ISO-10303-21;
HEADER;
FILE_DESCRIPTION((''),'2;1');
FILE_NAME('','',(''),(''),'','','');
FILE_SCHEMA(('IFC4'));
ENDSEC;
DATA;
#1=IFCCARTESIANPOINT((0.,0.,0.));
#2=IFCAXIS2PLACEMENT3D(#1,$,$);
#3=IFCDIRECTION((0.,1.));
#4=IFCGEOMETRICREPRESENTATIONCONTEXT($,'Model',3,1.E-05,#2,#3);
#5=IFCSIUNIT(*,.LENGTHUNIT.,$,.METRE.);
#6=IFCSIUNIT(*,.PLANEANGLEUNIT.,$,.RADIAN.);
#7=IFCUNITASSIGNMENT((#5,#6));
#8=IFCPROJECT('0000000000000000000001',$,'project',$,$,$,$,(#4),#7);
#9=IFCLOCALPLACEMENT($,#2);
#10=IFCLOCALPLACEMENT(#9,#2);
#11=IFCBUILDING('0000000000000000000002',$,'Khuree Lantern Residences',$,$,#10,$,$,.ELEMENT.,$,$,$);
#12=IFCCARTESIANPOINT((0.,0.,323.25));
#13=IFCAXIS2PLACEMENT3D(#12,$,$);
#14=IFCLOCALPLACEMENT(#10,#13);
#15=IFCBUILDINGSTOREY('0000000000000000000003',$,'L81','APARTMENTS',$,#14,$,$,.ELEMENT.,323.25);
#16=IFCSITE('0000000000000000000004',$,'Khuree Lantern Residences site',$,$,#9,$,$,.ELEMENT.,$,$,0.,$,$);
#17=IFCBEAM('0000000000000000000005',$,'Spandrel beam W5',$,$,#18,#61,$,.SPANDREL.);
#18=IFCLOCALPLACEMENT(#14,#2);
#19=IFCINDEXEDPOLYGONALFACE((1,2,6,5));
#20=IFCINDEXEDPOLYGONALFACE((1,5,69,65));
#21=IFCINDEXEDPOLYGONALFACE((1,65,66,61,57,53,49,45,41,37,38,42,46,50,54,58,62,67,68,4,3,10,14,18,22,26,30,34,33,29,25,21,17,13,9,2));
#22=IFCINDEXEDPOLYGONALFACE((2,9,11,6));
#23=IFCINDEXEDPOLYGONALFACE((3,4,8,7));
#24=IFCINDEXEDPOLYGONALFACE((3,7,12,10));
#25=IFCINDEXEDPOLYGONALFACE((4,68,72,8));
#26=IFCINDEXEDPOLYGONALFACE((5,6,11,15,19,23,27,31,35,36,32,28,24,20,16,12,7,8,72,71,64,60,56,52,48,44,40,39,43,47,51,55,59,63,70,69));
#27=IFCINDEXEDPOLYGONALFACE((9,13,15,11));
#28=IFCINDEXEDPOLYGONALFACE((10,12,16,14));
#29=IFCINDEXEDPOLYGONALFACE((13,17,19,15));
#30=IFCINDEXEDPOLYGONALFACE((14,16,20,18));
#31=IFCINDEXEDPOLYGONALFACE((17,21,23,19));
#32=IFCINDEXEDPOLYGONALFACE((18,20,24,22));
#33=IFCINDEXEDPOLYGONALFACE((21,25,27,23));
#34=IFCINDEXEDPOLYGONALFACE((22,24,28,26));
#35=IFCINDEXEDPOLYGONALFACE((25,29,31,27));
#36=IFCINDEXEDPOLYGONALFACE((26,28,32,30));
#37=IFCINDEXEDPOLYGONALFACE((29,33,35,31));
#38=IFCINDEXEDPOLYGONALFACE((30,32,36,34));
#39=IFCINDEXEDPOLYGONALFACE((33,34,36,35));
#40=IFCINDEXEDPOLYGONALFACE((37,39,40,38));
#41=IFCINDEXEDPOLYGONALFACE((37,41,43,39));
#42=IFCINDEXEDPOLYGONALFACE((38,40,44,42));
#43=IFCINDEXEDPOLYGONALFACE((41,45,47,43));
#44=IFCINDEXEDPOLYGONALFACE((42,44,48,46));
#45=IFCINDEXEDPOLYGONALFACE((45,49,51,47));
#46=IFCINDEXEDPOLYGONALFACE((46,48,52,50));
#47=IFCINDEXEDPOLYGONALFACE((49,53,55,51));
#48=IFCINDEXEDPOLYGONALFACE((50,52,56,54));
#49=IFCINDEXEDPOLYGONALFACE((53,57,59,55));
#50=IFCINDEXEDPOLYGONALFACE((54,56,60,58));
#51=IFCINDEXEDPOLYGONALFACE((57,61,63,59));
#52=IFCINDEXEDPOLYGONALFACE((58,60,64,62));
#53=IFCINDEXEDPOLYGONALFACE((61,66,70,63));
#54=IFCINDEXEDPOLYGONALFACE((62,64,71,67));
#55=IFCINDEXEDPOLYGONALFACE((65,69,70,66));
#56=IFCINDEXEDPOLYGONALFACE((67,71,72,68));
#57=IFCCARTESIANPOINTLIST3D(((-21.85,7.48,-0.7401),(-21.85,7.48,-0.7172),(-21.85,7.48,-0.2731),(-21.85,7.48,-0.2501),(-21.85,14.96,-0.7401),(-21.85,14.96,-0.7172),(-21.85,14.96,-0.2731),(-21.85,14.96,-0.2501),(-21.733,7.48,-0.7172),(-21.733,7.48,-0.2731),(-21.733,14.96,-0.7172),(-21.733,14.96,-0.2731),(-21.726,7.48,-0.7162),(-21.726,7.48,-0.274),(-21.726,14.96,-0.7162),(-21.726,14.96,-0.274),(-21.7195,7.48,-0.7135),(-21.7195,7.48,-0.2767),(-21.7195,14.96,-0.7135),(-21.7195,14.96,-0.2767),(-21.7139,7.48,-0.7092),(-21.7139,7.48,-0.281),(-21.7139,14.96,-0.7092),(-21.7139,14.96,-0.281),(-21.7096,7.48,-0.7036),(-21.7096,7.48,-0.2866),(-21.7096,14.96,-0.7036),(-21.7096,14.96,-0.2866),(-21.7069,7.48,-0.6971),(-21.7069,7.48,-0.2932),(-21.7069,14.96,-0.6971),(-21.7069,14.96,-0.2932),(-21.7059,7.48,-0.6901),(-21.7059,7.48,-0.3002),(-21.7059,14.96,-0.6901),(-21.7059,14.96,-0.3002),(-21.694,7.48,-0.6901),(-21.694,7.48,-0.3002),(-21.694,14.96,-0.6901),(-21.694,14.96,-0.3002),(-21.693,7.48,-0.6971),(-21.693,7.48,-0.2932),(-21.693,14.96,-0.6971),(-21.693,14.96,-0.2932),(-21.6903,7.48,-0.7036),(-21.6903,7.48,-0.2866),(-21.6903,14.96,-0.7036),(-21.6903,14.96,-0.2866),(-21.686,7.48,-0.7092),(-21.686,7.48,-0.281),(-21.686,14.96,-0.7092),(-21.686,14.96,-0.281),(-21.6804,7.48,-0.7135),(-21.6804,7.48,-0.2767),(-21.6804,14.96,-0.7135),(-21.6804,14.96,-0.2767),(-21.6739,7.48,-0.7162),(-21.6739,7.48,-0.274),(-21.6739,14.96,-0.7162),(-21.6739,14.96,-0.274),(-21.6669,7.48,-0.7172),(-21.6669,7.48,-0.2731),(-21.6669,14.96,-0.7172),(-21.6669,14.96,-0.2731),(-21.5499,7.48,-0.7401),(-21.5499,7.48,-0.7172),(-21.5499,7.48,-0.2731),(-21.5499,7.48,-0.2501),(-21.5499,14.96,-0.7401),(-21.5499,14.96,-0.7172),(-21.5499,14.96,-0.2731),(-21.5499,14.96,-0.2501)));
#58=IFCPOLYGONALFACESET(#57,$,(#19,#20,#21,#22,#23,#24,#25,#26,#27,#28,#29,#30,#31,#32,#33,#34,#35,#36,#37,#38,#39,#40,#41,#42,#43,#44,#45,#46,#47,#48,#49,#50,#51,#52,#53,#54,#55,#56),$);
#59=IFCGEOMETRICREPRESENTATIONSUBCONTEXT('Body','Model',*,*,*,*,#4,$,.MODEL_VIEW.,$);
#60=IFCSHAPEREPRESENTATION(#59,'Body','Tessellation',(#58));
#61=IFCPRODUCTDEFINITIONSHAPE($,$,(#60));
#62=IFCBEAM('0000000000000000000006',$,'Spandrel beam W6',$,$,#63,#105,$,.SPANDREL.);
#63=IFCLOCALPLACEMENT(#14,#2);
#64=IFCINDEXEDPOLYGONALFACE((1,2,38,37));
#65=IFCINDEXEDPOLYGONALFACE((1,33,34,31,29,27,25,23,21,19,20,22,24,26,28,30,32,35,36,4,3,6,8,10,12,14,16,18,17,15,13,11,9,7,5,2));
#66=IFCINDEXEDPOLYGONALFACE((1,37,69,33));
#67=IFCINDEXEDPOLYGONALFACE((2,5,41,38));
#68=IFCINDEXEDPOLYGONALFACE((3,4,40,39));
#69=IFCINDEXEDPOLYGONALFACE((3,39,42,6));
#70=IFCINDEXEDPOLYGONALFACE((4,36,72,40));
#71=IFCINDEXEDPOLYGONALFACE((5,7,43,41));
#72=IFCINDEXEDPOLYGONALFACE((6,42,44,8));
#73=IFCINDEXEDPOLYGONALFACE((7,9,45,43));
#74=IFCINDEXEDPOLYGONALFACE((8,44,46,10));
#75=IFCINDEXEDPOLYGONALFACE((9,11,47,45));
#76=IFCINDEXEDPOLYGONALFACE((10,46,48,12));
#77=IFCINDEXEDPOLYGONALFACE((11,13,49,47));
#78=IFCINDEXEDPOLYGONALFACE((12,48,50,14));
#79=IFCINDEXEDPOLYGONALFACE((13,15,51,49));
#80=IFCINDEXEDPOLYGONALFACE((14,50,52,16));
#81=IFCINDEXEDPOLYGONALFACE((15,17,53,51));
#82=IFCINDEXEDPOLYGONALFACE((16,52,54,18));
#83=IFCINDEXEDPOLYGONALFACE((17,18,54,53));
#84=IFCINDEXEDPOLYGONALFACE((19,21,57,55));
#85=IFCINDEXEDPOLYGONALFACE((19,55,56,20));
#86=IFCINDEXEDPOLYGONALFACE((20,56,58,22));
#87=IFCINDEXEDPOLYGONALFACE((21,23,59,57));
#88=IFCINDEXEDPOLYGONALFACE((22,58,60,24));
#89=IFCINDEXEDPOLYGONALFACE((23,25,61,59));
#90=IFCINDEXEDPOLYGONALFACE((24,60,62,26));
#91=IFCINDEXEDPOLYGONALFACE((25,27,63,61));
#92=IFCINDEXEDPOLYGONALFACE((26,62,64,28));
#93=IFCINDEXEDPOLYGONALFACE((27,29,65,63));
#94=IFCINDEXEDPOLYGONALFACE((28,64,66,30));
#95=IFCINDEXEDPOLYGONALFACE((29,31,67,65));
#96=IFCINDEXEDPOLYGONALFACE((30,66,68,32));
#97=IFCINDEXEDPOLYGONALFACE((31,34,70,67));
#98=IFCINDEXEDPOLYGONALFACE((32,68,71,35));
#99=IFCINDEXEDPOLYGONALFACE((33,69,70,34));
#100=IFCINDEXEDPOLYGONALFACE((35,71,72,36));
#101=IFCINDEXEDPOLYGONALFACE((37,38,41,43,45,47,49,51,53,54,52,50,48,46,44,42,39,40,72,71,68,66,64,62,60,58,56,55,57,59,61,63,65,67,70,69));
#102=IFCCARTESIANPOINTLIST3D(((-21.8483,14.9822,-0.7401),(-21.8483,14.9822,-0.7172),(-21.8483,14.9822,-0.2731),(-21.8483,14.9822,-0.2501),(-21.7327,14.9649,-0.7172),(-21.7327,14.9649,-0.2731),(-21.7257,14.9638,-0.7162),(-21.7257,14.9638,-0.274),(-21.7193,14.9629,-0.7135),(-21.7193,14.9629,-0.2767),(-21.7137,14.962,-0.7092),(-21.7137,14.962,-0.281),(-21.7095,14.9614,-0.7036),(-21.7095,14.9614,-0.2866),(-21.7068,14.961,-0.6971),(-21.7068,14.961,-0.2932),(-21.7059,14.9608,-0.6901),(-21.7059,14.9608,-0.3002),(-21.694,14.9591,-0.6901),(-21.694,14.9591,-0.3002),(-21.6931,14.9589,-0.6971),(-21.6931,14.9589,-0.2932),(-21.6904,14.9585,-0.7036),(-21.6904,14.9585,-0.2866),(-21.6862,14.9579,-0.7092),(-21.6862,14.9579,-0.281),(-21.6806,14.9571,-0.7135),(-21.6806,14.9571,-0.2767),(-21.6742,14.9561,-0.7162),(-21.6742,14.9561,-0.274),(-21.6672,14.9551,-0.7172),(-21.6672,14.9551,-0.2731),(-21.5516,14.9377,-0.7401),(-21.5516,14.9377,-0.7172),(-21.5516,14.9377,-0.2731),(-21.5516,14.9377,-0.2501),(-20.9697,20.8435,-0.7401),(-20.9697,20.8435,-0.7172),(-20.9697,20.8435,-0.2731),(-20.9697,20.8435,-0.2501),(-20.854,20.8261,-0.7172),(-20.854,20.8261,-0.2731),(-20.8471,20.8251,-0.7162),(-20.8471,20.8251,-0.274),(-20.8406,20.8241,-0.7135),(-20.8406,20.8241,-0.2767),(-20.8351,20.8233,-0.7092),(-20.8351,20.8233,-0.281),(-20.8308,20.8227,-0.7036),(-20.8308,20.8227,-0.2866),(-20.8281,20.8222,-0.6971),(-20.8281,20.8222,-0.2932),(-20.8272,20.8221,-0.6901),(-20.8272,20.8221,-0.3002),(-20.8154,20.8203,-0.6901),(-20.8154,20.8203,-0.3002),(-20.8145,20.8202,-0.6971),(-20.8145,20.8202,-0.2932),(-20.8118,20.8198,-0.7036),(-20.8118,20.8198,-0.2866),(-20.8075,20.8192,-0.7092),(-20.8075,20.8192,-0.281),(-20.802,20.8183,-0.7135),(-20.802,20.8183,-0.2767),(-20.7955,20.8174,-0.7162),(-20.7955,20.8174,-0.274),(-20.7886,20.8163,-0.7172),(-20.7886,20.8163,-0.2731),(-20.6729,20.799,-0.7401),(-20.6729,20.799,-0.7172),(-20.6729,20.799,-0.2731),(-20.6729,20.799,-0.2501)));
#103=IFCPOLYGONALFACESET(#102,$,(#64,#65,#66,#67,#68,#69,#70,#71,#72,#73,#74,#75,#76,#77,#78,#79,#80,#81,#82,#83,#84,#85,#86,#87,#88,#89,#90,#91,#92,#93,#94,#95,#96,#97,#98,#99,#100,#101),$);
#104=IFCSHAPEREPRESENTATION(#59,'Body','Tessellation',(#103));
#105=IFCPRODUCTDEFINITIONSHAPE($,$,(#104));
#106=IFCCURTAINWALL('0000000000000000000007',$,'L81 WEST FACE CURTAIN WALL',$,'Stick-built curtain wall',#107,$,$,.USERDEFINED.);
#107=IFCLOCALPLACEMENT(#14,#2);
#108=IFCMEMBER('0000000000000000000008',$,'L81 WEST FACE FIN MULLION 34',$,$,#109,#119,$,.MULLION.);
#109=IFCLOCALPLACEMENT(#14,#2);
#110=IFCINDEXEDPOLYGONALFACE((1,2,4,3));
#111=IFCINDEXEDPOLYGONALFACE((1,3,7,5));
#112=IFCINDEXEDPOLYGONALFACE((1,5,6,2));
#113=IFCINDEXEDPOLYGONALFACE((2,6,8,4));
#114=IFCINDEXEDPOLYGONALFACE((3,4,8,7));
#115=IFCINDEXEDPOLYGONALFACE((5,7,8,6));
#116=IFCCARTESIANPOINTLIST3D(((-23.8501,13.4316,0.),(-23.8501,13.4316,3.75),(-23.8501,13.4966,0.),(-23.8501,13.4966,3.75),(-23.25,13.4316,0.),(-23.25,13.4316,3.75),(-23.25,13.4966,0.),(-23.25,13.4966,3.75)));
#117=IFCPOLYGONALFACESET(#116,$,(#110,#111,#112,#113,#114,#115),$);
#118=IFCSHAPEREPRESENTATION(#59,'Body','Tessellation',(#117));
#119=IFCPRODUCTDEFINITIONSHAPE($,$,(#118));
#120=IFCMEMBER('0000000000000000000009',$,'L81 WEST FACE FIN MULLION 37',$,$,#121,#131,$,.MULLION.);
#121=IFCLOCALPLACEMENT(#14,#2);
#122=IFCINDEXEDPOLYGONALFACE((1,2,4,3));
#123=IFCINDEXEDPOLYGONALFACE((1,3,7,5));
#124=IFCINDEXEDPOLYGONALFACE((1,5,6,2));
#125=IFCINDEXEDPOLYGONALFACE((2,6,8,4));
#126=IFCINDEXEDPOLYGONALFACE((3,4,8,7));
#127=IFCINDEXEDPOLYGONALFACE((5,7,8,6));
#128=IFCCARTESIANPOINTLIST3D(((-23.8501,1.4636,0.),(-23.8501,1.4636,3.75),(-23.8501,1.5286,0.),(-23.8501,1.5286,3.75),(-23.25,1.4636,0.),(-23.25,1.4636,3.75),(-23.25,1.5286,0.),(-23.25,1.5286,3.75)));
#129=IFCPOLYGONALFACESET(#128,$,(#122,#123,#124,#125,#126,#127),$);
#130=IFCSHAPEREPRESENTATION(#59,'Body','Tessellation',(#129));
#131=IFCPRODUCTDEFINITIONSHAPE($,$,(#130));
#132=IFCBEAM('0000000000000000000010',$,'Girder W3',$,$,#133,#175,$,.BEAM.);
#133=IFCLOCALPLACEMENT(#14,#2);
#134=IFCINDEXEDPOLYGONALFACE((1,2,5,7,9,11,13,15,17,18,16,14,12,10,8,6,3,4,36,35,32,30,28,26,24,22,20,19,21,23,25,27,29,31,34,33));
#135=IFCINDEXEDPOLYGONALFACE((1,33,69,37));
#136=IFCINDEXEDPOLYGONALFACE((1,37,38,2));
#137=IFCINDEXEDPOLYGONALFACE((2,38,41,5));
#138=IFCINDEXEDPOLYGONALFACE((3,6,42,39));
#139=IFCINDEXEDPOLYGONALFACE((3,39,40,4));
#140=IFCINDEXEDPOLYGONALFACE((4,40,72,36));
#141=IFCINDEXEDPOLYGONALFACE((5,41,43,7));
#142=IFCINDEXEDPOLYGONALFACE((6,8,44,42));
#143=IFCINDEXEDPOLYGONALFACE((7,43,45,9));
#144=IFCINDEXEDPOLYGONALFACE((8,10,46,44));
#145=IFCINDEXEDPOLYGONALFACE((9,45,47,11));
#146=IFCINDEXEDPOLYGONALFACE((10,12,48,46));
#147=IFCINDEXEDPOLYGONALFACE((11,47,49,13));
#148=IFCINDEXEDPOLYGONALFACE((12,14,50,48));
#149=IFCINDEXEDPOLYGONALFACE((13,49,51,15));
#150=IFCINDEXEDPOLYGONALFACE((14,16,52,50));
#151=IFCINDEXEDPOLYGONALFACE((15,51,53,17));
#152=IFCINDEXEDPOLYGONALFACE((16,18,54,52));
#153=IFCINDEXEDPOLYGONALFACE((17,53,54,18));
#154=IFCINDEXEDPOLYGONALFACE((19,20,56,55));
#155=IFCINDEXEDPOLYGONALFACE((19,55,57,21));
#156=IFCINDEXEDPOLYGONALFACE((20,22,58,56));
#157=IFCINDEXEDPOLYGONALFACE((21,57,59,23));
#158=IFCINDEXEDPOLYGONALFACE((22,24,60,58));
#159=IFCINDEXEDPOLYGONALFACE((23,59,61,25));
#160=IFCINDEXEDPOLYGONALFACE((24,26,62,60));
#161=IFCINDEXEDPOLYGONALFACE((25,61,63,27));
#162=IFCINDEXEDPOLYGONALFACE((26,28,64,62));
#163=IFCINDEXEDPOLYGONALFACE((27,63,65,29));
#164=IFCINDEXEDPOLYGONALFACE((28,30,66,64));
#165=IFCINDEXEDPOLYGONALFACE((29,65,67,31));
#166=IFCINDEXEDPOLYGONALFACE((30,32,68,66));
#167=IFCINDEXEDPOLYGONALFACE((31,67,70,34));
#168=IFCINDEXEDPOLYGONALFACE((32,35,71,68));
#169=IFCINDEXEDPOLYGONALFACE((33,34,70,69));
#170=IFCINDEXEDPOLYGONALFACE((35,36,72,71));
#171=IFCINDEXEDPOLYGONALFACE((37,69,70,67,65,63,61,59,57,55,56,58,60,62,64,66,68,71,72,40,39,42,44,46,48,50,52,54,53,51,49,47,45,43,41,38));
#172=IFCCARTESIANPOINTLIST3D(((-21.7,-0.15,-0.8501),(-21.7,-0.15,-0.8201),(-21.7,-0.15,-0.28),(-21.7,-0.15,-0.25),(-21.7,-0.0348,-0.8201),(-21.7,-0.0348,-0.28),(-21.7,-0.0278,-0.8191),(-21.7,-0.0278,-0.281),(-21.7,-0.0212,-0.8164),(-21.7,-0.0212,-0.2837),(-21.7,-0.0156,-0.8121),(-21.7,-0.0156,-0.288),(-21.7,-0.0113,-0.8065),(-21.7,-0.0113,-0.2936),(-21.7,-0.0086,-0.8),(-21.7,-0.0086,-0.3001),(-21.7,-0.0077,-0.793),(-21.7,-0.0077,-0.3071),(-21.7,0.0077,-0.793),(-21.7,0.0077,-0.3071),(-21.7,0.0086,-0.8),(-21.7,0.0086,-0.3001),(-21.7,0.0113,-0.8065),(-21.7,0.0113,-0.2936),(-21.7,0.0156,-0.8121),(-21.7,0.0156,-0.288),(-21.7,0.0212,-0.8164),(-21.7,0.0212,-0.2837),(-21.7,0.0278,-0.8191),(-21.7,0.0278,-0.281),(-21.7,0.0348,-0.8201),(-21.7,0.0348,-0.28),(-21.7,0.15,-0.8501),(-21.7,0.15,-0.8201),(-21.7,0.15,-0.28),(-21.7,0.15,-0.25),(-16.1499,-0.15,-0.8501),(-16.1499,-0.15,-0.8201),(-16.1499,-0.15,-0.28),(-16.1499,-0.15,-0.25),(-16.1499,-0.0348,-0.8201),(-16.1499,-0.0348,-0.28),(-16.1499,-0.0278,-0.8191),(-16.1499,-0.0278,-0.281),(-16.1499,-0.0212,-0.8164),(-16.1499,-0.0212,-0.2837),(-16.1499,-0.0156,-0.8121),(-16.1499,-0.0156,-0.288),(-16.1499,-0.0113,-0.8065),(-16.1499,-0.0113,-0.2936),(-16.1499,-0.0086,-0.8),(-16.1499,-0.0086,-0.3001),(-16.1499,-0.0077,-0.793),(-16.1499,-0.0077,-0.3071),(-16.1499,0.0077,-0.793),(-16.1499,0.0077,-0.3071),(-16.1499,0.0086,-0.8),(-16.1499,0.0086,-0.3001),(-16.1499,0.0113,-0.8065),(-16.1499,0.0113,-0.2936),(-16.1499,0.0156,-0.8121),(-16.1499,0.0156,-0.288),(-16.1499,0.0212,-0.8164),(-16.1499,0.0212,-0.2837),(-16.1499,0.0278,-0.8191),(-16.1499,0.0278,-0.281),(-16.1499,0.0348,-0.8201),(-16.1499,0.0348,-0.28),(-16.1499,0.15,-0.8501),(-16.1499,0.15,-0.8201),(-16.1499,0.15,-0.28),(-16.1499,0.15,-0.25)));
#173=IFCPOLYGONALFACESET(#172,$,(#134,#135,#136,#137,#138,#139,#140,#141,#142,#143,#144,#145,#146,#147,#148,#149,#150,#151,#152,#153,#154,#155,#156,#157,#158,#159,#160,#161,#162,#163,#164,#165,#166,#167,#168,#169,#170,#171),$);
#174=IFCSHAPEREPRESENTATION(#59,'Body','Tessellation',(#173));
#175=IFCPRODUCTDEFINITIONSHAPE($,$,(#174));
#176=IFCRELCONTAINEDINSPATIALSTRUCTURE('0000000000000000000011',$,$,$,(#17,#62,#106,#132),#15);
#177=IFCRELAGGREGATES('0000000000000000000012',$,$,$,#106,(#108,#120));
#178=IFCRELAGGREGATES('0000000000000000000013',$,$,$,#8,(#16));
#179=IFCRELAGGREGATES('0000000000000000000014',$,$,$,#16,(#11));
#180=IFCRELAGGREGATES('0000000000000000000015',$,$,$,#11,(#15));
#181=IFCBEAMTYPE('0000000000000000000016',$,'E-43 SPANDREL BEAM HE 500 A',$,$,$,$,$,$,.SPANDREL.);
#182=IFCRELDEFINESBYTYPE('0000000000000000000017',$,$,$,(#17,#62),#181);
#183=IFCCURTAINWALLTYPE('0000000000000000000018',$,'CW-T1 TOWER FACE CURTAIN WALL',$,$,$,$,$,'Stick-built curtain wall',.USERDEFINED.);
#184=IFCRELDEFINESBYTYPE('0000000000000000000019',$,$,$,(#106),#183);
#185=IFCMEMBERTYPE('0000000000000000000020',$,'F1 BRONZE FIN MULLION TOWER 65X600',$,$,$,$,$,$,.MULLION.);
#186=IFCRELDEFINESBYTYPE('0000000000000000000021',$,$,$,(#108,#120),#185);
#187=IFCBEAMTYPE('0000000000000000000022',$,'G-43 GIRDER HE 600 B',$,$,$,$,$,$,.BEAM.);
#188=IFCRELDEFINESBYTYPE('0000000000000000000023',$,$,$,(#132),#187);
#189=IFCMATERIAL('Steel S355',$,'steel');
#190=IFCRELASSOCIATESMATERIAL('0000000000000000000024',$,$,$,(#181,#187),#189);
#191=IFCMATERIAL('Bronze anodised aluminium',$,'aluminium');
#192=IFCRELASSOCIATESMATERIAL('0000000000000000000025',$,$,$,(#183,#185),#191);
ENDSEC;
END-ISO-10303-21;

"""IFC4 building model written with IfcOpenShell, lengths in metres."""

from ifc_helpers import new_model, si_unit, direction, frame, origin, origin_2d, place, context, subcontext, project, spatial, rectangle, i_section, extrude, material, material_profile, profile_set, type_object, element, aggregate, save


model = new_model("IFC4")

# Units and contexts
model_context = context("Model", 3, precision=1e-05, world=origin(), true_north=direction((0.0, 1.0)))
body_context = subcontext(model_context, "Body", "Model", "MODEL_VIEW")
ifc_project = project(units=[si_unit("LENGTHUNIT", "METRE"), si_unit("PLANEANGLEUNIT", "RADIAN")], contexts=[model_context])

# Site, building, storey
site_placement = place(None, origin())
site = spatial("IfcSite", under=ifc_project, at=site_placement, Name="Khuree Lantern Residences site", CompositionType="ELEMENT", RefElevation=0.0)
building_placement = place(site_placement, origin())
building = spatial("IfcBuilding", under=site, at=building_placement, Name="Khuree Lantern Residences", CompositionType="ELEMENT")
storey_placement = place(building_placement, frame((0.0, 0.0, 323.25)))
storey = spatial("IfcBuildingStorey", under=building, at=storey_placement, Name="L81", Description="APARTMENTS", CompositionType="ELEMENT", Elevation=323.25)

# Beams
ifc_material_1 = material(Name="Steel S355", Category="steel")
ifc_material_profile_1 = material_profile(ifc_material_1, i_section(OverallWidth=0.3, OverallDepth=0.49, WebThickness=0.012, FlangeThickness=0.0229, FilletRadius=0.0271, at=origin_2d()), Name="HE 500 A")
ifc_profile_set_1 = profile_set([ifc_material_profile_1], Name="Steel S355")
beam_type_1 = type_object("IfcBeamType", Name="E-43 SPANDREL BEAM HE 500 A", PredefinedType="SPANDREL", material=ifc_profile_set_1)
for number, where, z_axis, x_axis, name in (
    (1, (-21.7, 7.48, -0.4951), (0.0, 1.0, 0.0), (-1.0, 0.0, 0.0), "Spandrel beam W5"),
):
    element("IfcBeam", number, at=place(storey_placement, frame(where, z_axis=z_axis, x_axis=x_axis)), inside=storey, type_object=beam_type_1, Name=name, PredefinedType="SPANDREL", context=body_context, shape_type="SweptSolid", body=[
        extrude(i_section(OverallWidth=0.3, OverallDepth=0.49, WebThickness=0.012, FlangeThickness=0.0229, FilletRadius=0.0271, at=origin_2d()), origin(), (0.0, 0.0, 1.0), 7.48),
    ])
beam_1_placement = place(storey_placement, frame((-21.7, 14.96, -0.4951), z_axis=(0.148252, 0.98895, 0.0), x_axis=(-0.98895, 0.148252, 0.0)))
element("IfcBeam", 2, at=beam_1_placement, inside=storey, type_object=beam_type_1, Name="Spandrel beam W6", PredefinedType="SPANDREL", context=body_context, shape_type="SweptSolid", body=[
    extrude(i_section(OverallWidth=0.3, OverallDepth=0.49, WebThickness=0.012, FlangeThickness=0.0229, FilletRadius=0.0271, at=origin_2d()), origin(), (0.0, 0.0, 1.0), 5.9268),
])

# Curtain wall, members
ifc_material_2 = material(Name="Bronze anodised aluminium", Category="aluminium")
curtain_wall_type = type_object("IfcCurtainWallType", Name="CW-T1 TOWER FACE CURTAIN WALL", ElementType="Stick-built curtain wall", PredefinedType="USERDEFINED", material=ifc_material_2)
curtain_wall_placement = place(storey_placement, origin())
curtain_wall = element("IfcCurtainWall", 3, at=curtain_wall_placement, inside=storey, type_object=curtain_wall_type, Name="L81 WEST FACE CURTAIN WALL", ObjectType="Stick-built curtain wall", PredefinedType="USERDEFINED")
ifc_material_profile_2 = material_profile(ifc_material_2, rectangle(XDim=0.0649, YDim=0.6001, at=origin_2d()), Name="F1 65X600")
ifc_profile_set_2 = profile_set([ifc_material_profile_2], Name="Bronze anodised aluminium")
member_type_1 = type_object("IfcMemberType", Name="F1 BRONZE FIN MULLION TOWER 65X600", PredefinedType="MULLION", material=ifc_profile_set_2)
member_1_placement = place(storey_placement, frame((-23.55, 13.4641, 0.0), z_axis=(0.0, 0.0, 1.0), x_axis=(0.0, -1.0, 0.0)))
member_1 = element("IfcMember", 4, at=member_1_placement, type_object=member_type_1, Name="L81 WEST FACE FIN MULLION 34", PredefinedType="MULLION", context=body_context, shape_type="SweptSolid", body=[
    extrude(rectangle(XDim=0.0649, YDim=0.6001, at=origin_2d()), origin(), (0.0, 0.0, 1.0), 3.75),
])
member_2_placement = place(storey_placement, frame((-23.55, 1.4961, 0.0), z_axis=(0.0, 0.0, 1.0), x_axis=(0.0, -1.0, 0.0)))
member_2 = element("IfcMember", 5, at=member_2_placement, type_object=member_type_1, Name="L81 WEST FACE FIN MULLION 37", PredefinedType="MULLION", context=body_context, shape_type="SweptSolid", body=[
    extrude(rectangle(XDim=0.0649, YDim=0.6001, at=origin_2d()), origin(), (0.0, 0.0, 1.0), 3.75),
])

# Beam
ifc_material_profile_3 = material_profile(ifc_material_1, i_section(OverallWidth=0.3, OverallDepth=0.6001, WebThickness=0.0154, FlangeThickness=0.03, FilletRadius=0.0271, at=origin_2d()), Name="HE 600 B")
ifc_profile_set_3 = profile_set([ifc_material_profile_3], Name="Steel S355")
beam_type_2 = type_object("IfcBeamType", Name="G-43 GIRDER HE 600 B", PredefinedType="BEAM", material=ifc_profile_set_3)
for number, where, z_axis, x_axis, name in (
    (6, (-21.7, 0.0, -0.55), (1.0, 0.0, 0.0), (0.0, 1.0, 0.0), "Girder W3"),
):
    element("IfcBeam", number, at=place(storey_placement, frame(where, z_axis=z_axis, x_axis=x_axis)), inside=storey, type_object=beam_type_2, Name=name, PredefinedType="BEAM", context=body_context, shape_type="SweptSolid", body=[
        extrude(i_section(OverallWidth=0.3, OverallDepth=0.6001, WebThickness=0.0154, FlangeThickness=0.03, FilletRadius=0.0271, at=origin_2d()), origin(), (0.0, 0.0, 1.0), 5.55),
    ])

aggregate(curtain_wall, [member_1, member_2])

save(model, "model.ifc")
